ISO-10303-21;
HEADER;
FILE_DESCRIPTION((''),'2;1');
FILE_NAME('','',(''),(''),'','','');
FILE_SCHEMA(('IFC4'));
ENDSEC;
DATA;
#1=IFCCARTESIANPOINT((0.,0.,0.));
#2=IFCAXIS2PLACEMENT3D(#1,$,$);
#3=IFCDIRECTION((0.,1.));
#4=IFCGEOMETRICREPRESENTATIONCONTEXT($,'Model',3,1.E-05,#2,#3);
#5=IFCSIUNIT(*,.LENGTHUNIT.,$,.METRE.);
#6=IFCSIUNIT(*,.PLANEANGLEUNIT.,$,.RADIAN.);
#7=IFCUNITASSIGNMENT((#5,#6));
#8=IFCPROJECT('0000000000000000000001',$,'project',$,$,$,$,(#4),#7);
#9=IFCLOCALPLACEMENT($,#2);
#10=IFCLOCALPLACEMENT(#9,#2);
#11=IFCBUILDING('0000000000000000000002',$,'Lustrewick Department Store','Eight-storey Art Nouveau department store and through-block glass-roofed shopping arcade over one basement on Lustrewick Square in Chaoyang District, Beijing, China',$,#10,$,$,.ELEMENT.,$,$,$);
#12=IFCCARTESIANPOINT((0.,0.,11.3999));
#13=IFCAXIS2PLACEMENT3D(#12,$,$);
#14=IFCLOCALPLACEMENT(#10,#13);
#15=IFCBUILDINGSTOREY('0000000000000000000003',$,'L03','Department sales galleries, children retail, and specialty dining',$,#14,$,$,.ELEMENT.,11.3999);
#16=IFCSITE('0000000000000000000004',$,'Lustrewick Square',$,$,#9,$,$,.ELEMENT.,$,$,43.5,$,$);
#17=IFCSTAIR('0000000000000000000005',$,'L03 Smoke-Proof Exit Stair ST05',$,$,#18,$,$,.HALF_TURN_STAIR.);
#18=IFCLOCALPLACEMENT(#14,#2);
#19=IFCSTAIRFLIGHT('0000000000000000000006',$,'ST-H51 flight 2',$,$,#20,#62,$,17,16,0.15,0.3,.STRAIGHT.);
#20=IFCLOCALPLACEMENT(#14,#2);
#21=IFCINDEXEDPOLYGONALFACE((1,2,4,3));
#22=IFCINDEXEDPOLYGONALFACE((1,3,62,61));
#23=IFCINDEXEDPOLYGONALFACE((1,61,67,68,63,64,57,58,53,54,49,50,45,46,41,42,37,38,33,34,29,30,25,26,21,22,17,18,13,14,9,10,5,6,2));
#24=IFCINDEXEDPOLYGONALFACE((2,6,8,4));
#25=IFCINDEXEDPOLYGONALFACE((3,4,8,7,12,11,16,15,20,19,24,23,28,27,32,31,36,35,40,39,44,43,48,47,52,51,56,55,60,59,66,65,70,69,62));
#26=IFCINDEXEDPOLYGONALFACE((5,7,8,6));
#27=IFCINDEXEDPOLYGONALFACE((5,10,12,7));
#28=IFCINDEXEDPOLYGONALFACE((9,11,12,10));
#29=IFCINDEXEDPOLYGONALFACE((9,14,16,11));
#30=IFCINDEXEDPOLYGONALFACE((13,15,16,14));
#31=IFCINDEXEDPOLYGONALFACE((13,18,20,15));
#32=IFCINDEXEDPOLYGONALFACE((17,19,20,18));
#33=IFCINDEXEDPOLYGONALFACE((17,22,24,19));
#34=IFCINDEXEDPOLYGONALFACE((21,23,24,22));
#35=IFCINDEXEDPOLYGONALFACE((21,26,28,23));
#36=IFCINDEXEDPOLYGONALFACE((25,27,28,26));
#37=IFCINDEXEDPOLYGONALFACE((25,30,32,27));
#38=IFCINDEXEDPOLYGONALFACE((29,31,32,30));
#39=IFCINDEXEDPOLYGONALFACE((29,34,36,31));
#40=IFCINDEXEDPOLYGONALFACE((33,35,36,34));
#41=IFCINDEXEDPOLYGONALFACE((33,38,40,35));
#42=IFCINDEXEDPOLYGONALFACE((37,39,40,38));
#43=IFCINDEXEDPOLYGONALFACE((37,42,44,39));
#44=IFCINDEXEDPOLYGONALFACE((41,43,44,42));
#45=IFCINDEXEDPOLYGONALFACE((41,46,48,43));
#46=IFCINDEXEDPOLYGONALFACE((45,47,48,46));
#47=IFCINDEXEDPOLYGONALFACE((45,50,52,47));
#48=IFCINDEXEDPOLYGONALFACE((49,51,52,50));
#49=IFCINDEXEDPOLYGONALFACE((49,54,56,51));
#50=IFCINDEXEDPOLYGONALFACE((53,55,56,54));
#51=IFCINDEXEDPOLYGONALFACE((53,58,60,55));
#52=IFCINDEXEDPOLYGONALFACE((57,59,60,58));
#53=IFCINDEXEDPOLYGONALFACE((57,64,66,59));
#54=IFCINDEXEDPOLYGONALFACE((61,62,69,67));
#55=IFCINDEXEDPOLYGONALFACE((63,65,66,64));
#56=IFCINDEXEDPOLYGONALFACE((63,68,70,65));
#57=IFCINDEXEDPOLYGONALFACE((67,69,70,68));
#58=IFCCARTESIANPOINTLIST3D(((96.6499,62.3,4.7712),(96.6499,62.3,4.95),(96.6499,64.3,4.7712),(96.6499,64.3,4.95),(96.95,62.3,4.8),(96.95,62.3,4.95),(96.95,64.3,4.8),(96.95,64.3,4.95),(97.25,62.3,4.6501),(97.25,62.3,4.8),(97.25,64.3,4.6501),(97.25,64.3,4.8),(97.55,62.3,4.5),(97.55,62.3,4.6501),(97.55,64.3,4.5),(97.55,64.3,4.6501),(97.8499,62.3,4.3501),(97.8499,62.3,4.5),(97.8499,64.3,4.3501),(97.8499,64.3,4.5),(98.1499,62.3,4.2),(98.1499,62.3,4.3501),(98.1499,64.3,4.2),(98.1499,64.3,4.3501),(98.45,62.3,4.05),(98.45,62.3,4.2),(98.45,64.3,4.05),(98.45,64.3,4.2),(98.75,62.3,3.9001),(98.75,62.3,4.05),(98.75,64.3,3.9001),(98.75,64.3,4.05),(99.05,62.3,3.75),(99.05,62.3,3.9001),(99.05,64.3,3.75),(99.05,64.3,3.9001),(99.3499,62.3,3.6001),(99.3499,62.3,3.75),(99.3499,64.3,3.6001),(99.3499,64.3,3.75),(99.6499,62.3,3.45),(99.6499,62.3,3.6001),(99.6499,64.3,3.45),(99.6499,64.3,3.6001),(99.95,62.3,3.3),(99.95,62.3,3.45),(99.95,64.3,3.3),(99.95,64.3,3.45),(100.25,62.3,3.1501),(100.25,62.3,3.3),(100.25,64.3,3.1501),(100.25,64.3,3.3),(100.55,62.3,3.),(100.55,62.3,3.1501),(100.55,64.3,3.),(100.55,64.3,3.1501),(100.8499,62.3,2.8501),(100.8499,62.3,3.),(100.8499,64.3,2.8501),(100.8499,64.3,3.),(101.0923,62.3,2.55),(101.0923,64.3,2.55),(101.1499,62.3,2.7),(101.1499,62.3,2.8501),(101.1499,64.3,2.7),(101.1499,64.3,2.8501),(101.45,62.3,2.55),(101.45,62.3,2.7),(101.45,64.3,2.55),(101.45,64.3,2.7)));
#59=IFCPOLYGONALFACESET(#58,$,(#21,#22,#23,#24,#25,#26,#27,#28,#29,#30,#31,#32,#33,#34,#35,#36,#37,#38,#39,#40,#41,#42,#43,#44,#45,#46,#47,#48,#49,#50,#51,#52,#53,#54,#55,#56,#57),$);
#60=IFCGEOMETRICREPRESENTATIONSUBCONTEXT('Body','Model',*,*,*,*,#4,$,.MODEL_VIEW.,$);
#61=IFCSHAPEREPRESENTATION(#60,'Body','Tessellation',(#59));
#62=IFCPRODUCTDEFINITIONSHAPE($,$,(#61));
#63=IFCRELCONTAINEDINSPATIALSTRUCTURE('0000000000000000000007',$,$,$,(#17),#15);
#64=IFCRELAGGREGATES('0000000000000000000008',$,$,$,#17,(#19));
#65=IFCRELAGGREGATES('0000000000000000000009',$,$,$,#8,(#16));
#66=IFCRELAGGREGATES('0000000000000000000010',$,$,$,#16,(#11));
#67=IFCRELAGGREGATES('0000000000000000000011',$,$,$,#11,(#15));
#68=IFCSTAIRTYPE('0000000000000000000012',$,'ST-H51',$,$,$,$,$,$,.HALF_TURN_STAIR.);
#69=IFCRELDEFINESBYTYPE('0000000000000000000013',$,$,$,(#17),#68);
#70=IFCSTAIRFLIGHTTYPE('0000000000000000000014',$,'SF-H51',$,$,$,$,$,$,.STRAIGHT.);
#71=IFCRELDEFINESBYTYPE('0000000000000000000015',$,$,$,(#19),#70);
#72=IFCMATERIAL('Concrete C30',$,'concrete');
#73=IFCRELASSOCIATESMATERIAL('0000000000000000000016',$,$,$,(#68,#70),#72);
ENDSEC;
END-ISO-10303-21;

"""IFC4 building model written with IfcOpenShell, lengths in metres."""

from ifc_helpers import new_model, si_unit, direction, frame, origin, place, context, subcontext, project, spatial, polyline, outline, extrude, material, type_object, element, aggregate, save


model = new_model("IFC4")

# Units and contexts
model_context = context("Model", 3, precision=1e-05, world=origin(), true_north=direction((0.0, 1.0)))
body_context = subcontext(model_context, "Body", "Model", "MODEL_VIEW")
ifc_project = project(units=[si_unit("LENGTHUNIT", "METRE"), si_unit("PLANEANGLEUNIT", "RADIAN")], contexts=[model_context])

# Site, building, storey
site_placement = place(None, origin())
site = spatial("IfcSite", under=ifc_project, at=site_placement, Name="Lustrewick Square", CompositionType="ELEMENT", RefElevation=43.5)
building_placement = place(site_placement, origin())
building = spatial("IfcBuilding", under=site, at=building_placement, Name="Lustrewick Department Store", Description="Eight-storey Art Nouveau department store and through-block glass-roofed shopping arcade over one basement on Lustrewick Square in Chaoyang District, Beijing, China", CompositionType="ELEMENT")
storey_placement = place(building_placement, frame((0.0, 0.0, 11.3999)))
storey = spatial("IfcBuildingStorey", under=building, at=storey_placement, Name="L03", Description="Department sales galleries, children retail, and specialty dining", CompositionType="ELEMENT", Elevation=11.3999)

# Stair, stair flight
ifc_material_1 = material(Name="Concrete C30", Category="concrete")
stair_type = type_object("IfcStairType", Name="ST-H51", PredefinedType="HALF_TURN_STAIR", material=ifc_material_1)
stair_placement = place(storey_placement, origin())
stair = element("IfcStair", 1, at=stair_placement, inside=storey, type_object=stair_type, Name="L03 Smoke-Proof Exit Stair ST05", PredefinedType="HALF_TURN_STAIR")
stair_flight_type = type_object("IfcStairFlightType", Name="SF-H51", PredefinedType="STRAIGHT", material=ifc_material_1)
stair_flight_placement = place(storey_placement, frame((101.45, 63.3, 2.55), z_axis=(0.0, 0.0, 1.0), x_axis=(-1.0, 0.0, 0.0)))
stair_flight = element("IfcStairFlight", 2, at=stair_flight_placement, type_object=stair_flight_type, Name="ST-H51 flight 2", NumberOfRisers=17, NumberOfTreads=16, PredefinedType="STRAIGHT", RiserHeight=0.15, TreadLength=0.3, context=body_context, shape_type="SweptSolid", body=[
    extrude(outline(polyline([(0.0, 0.0), (0.0, 0.1499), (0.3, 0.1499), (0.3, 0.3), (0.6001, 0.3), (0.6001, 0.45), (0.8999, 0.45), (0.8999, 0.6001), (1.2, 0.6001), (1.2, 0.75), (1.5, 0.75), (1.5, 0.8999), (1.8, 0.8999), (1.8, 1.05), (2.1001, 1.05), (2.1001, 1.2), (2.3999, 1.2), (2.3999, 1.3501), (2.7, 1.3501), (2.7, 1.5), (3.0, 1.5), (3.0, 1.6499), (3.3, 1.6499), (3.3, 1.8), (3.6001, 1.8), (3.6001, 1.95), (3.8999, 1.95), (3.8999, 2.1001), (4.2, 2.1001), (4.2, 2.25), (4.5, 2.25), (4.5, 2.3999), (4.8, 2.3999), (4.8, 2.55), (4.8, 2.2212), (0.3577, 0.0), (0.0, 0.0)])), frame((0.0, 1.0, 0.0), z_axis=(0.0, -1.0, 0.0), x_axis=(1.0, 0.0, 0.0)), (0.0, 0.0, 1.0), 2.0),
])
aggregate(stair, [stair_flight])

save(model, "model.ifc")
